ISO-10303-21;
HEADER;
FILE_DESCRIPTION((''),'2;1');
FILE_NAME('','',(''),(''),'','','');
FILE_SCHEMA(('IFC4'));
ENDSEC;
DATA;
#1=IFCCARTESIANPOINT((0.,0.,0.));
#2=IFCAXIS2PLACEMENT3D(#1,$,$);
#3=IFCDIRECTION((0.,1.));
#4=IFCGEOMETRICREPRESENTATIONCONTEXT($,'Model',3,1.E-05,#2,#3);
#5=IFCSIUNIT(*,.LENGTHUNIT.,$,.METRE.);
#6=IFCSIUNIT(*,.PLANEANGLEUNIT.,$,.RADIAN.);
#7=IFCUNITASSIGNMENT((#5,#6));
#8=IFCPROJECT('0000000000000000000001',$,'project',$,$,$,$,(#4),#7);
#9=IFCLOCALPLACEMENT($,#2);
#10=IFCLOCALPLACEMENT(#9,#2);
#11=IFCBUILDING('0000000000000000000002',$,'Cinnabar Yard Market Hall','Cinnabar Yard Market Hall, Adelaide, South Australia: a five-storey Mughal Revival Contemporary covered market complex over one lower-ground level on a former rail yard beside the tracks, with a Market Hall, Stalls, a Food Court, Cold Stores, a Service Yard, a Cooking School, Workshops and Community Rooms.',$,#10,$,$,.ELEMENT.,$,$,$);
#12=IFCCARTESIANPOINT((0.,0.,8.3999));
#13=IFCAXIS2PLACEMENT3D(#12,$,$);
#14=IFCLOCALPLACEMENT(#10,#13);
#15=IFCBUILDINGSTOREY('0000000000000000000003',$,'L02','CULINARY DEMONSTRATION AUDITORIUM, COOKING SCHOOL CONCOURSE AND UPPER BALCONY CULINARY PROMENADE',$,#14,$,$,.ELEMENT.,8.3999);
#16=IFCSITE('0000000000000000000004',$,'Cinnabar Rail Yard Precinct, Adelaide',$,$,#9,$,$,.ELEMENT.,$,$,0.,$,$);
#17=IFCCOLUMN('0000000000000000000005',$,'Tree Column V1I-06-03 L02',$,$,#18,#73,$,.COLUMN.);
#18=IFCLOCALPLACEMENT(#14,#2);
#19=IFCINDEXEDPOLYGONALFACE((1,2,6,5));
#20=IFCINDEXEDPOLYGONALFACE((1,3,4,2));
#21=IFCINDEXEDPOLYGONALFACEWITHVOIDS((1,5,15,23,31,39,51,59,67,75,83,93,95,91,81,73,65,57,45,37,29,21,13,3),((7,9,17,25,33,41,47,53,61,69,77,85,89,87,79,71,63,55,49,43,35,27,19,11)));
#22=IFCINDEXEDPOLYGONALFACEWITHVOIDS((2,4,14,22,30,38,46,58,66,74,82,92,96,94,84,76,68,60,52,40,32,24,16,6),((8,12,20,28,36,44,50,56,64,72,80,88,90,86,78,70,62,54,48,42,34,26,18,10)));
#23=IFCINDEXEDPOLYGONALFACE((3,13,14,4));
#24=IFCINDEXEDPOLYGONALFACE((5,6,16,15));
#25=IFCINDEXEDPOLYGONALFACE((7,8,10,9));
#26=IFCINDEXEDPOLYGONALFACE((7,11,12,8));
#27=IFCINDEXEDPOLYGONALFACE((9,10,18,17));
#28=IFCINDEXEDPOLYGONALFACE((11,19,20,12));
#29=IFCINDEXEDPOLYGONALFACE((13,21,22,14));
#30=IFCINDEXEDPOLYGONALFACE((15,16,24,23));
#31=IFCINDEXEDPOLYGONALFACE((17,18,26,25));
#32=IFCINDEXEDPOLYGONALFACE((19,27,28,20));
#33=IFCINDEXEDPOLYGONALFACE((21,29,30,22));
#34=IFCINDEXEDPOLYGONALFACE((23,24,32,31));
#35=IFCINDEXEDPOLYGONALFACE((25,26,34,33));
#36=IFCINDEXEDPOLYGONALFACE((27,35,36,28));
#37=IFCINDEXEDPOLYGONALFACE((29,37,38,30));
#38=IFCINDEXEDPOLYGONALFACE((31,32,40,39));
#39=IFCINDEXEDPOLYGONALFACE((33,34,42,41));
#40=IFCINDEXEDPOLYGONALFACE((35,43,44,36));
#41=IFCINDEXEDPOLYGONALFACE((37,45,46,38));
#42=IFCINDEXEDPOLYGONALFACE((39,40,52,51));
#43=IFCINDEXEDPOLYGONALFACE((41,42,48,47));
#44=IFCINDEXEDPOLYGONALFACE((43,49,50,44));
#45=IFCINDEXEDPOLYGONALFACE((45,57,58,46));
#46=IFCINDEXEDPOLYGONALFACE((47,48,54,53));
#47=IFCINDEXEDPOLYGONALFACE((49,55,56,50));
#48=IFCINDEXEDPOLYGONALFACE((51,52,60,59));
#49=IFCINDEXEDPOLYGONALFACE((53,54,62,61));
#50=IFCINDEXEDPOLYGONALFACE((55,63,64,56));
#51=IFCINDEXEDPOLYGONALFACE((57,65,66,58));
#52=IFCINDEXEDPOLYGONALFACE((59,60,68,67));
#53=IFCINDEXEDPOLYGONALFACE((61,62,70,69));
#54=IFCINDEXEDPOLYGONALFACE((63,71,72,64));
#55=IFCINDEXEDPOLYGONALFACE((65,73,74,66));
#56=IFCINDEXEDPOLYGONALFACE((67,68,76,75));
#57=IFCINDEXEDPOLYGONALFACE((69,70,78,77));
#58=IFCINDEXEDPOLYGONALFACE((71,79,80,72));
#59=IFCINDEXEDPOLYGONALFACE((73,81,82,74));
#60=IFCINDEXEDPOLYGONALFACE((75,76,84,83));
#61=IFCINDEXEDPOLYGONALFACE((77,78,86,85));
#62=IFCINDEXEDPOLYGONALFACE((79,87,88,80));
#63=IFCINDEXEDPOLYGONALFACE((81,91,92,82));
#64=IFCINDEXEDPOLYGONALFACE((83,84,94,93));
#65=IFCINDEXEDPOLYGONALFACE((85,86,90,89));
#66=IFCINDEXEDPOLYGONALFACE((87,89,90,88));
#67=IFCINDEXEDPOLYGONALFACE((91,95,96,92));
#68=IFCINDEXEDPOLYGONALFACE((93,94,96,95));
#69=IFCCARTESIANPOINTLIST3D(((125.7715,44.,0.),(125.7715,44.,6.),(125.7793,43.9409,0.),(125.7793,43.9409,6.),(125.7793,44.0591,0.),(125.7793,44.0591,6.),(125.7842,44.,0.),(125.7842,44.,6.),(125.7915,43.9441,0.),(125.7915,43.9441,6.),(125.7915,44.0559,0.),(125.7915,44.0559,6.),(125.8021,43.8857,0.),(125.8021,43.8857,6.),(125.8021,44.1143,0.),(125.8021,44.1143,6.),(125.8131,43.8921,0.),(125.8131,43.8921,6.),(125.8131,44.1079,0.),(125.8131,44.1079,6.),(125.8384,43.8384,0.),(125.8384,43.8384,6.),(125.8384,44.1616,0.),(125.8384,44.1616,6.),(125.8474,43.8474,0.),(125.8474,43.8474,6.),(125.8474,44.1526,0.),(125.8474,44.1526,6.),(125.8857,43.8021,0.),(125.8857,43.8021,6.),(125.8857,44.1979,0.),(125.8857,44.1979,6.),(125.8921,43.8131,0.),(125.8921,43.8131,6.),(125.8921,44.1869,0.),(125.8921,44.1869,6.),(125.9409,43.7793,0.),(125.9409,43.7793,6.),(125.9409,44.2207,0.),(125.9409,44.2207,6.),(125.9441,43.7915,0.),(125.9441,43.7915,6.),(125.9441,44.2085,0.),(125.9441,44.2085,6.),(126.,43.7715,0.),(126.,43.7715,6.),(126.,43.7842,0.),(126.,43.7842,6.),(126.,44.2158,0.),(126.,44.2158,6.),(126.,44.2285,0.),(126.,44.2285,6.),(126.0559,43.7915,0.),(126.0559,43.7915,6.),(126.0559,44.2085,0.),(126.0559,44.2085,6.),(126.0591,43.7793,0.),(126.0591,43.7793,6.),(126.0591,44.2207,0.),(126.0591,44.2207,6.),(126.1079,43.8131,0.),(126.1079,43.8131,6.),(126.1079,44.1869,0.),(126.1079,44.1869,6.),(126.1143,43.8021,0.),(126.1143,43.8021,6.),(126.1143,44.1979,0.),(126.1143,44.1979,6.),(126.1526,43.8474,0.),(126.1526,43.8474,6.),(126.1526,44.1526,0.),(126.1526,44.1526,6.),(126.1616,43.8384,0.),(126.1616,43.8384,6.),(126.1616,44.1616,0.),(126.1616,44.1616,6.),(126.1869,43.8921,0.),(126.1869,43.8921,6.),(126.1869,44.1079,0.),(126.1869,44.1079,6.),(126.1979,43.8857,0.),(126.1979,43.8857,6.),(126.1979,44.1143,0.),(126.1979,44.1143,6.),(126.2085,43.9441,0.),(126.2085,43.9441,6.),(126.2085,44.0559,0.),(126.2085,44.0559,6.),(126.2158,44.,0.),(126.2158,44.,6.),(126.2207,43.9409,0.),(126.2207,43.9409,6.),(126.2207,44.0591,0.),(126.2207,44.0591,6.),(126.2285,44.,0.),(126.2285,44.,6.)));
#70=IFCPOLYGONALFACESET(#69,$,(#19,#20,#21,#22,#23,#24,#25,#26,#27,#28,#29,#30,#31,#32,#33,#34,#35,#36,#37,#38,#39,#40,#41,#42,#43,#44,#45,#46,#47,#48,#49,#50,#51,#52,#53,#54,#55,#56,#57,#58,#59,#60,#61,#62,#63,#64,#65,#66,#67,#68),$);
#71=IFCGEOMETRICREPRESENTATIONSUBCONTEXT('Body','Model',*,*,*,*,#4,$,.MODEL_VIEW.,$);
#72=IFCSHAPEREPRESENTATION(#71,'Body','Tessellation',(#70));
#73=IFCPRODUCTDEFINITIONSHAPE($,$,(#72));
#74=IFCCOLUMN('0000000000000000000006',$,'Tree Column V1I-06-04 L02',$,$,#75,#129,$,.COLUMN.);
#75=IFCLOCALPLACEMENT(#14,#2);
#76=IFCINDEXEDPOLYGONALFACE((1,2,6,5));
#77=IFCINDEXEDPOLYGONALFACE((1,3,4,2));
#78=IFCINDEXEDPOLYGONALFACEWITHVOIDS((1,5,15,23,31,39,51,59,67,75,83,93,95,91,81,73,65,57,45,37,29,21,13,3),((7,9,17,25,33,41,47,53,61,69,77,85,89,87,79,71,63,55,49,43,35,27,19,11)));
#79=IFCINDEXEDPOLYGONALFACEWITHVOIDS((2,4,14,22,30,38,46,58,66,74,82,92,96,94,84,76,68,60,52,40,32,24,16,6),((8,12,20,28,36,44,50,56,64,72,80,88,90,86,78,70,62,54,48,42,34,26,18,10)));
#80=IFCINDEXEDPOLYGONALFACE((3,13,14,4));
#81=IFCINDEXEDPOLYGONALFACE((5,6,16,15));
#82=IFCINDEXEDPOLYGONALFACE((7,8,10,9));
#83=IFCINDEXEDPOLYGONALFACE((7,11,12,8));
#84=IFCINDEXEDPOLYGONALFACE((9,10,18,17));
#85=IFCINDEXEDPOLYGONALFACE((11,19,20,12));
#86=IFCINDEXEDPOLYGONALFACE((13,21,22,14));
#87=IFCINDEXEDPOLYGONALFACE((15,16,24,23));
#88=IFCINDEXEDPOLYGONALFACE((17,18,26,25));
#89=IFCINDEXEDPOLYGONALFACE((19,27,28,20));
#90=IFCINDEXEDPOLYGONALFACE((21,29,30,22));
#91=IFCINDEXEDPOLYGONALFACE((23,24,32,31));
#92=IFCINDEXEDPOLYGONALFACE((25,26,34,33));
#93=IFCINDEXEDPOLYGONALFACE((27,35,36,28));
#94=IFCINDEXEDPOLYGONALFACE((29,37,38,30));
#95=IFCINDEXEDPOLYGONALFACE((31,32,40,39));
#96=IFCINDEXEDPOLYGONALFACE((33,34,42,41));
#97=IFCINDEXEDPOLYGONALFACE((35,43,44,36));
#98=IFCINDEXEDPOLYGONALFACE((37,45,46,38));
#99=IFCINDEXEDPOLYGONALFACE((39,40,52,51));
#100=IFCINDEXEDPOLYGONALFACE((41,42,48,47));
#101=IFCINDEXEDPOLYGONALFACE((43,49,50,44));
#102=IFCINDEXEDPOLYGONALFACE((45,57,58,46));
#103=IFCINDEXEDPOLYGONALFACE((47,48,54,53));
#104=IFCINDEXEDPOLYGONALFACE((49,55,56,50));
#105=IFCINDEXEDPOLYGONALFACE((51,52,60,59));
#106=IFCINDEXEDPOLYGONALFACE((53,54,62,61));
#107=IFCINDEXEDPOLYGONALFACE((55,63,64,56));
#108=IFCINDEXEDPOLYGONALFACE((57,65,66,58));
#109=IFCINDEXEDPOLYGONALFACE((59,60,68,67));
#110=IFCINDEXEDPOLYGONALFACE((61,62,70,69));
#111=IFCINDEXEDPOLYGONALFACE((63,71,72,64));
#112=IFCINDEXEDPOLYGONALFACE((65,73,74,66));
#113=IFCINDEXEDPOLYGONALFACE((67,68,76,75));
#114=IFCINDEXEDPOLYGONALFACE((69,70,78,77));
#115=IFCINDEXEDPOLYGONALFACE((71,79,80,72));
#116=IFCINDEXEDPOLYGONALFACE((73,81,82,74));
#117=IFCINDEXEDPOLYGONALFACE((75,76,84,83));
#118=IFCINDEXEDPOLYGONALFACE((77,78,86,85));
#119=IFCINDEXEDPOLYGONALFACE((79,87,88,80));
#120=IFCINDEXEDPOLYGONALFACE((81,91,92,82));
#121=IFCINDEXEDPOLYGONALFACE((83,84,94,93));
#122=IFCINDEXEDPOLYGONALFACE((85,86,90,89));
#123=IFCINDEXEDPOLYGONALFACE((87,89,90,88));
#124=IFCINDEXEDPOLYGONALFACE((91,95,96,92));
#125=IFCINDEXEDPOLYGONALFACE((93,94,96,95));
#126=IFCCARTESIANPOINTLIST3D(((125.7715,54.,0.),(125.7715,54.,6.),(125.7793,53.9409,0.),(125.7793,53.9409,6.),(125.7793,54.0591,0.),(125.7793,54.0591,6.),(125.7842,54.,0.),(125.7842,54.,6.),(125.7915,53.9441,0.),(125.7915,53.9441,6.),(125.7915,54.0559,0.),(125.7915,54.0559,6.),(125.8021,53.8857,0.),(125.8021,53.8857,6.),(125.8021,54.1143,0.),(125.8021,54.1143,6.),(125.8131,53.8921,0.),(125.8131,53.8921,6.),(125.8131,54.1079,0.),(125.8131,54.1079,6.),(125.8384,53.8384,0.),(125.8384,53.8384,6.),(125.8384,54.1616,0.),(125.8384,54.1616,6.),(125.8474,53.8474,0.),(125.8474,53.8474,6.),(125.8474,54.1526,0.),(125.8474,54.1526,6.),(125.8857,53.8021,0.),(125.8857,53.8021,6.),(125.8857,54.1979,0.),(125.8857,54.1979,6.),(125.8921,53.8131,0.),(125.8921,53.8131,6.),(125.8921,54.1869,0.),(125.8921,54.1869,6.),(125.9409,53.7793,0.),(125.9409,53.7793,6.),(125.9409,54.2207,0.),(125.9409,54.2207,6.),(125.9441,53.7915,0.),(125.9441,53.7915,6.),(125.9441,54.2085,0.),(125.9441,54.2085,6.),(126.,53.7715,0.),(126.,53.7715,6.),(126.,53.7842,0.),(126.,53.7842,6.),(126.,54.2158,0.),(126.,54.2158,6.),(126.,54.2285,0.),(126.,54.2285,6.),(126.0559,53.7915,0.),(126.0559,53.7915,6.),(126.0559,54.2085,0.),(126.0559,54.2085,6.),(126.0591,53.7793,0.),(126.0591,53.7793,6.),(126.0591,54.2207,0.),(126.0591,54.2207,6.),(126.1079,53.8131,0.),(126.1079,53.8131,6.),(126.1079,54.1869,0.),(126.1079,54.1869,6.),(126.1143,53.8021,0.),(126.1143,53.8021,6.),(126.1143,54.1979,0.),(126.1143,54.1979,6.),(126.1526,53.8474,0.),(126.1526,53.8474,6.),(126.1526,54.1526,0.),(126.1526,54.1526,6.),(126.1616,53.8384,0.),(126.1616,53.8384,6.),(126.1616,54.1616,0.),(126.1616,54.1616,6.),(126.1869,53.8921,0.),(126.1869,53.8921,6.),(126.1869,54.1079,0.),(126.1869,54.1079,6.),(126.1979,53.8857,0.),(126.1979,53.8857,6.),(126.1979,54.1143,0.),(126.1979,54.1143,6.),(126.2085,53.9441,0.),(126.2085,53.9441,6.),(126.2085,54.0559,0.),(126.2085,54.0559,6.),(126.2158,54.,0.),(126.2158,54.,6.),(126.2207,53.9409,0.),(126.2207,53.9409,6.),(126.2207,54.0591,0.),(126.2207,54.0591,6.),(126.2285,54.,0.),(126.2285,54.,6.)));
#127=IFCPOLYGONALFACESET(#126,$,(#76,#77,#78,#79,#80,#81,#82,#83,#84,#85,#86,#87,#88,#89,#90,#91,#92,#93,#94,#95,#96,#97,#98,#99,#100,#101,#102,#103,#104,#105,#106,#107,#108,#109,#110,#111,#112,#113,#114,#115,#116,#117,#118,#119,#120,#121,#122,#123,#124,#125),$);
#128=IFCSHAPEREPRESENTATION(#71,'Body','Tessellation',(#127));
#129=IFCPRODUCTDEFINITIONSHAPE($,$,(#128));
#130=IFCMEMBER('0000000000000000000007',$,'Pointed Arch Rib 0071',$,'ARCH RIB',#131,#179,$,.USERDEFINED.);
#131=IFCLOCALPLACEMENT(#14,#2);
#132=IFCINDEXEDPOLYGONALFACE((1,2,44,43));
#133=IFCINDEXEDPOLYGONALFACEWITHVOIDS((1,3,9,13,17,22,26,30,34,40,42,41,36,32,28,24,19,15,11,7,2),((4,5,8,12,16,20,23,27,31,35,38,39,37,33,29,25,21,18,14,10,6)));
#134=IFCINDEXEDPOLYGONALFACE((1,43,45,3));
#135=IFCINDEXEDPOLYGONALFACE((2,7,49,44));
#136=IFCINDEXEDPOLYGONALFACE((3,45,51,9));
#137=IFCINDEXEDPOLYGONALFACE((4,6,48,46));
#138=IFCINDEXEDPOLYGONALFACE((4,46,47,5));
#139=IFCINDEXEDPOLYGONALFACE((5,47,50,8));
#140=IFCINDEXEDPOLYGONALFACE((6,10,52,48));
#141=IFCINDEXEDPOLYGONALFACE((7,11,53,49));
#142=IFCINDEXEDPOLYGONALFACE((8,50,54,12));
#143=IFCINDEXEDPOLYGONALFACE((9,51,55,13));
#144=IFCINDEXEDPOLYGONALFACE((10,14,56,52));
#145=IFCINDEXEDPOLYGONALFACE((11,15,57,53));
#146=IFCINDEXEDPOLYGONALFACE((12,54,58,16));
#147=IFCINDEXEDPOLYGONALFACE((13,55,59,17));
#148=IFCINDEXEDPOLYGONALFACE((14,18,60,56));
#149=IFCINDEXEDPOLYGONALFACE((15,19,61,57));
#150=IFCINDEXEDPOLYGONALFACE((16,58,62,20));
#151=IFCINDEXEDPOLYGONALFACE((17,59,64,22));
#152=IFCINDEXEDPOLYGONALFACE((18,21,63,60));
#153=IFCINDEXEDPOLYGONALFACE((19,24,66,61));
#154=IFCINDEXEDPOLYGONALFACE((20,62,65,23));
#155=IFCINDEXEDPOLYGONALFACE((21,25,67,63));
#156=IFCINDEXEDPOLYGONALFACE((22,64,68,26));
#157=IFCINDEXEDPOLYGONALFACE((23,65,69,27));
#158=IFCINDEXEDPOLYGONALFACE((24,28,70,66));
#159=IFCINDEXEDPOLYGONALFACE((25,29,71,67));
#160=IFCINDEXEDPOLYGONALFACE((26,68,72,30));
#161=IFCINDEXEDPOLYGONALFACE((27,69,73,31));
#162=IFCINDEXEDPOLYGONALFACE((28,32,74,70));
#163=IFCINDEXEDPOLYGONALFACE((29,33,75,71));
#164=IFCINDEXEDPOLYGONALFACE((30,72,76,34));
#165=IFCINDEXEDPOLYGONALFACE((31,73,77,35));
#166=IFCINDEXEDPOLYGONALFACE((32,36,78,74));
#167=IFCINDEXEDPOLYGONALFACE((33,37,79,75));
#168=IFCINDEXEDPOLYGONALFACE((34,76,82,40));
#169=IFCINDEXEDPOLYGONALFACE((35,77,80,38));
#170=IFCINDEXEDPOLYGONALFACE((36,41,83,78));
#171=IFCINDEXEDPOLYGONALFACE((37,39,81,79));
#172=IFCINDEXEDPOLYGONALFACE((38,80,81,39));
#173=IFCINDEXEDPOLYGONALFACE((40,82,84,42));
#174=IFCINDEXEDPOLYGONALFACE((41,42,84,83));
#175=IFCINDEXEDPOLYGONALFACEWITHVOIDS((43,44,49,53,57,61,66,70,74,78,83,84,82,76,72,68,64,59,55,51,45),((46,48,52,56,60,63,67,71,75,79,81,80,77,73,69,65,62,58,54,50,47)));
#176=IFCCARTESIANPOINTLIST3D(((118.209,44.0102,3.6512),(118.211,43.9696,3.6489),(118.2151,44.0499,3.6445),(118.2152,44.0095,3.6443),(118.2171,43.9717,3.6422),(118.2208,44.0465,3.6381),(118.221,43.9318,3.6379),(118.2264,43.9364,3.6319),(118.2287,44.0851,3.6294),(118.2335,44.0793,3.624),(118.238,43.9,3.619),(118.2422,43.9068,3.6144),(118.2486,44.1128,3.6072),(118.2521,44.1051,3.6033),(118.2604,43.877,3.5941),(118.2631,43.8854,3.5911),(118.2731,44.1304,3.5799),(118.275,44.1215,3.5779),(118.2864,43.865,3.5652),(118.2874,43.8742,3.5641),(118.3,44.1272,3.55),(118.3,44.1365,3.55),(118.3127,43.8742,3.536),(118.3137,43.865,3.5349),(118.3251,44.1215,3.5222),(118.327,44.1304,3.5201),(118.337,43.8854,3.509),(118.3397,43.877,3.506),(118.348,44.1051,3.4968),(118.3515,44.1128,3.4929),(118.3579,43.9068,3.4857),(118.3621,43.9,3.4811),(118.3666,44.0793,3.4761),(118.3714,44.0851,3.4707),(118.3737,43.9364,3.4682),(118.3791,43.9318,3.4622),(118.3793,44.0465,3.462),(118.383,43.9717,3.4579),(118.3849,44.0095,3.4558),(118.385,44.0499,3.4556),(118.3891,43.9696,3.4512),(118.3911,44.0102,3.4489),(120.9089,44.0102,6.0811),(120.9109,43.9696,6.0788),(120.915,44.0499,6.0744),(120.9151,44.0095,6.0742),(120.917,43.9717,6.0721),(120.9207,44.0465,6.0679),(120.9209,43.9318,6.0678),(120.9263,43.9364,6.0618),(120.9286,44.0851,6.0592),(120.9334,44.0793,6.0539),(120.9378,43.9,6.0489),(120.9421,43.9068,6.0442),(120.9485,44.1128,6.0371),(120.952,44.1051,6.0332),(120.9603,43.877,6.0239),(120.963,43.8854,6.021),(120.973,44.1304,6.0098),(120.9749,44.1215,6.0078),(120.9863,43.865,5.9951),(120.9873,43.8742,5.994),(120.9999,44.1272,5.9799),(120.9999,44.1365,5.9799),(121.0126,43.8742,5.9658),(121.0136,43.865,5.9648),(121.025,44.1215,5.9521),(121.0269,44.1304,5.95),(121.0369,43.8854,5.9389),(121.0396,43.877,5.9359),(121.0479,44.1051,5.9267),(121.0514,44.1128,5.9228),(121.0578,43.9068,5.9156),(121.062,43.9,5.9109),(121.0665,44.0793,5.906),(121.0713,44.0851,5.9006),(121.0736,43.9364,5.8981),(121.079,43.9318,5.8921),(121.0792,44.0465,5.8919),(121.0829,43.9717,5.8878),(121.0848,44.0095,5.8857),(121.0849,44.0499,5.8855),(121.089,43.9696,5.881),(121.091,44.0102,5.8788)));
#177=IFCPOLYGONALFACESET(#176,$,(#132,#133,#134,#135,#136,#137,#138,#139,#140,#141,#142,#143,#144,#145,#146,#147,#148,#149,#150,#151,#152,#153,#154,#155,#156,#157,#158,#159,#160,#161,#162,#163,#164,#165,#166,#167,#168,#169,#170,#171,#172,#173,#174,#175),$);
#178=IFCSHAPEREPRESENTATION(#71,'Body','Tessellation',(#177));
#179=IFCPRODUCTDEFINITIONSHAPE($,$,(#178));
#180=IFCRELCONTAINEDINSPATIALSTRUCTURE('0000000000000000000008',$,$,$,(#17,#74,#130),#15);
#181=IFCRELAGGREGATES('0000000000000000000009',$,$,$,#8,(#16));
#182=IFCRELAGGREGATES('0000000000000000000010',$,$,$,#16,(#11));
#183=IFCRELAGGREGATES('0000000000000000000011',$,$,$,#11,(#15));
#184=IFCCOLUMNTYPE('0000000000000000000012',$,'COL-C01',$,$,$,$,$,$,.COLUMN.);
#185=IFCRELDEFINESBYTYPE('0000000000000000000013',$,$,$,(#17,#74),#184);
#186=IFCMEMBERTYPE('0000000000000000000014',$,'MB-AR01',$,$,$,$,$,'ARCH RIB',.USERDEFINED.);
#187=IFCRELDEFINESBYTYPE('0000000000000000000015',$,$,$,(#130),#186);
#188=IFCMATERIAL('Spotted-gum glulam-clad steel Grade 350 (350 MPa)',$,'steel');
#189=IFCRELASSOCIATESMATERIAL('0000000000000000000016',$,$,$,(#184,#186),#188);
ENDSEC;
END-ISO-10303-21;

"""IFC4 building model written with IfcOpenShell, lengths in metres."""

from ifc_helpers import new_model, si_unit, direction, frame, origin, origin_2d_with_axis, place, context, subcontext, project, spatial, hollow_circle, extrude, material, material_profile, profile_set, type_object, element, save


model = new_model("IFC4")

# Units and contexts
model_context = context("Model", 3, precision=1e-05, world=origin(), true_north=direction((0.0, 1.0)))
body_context = subcontext(model_context, "Body", "Model", "MODEL_VIEW")
ifc_project = project(units=[si_unit("LENGTHUNIT", "METRE"), si_unit("PLANEANGLEUNIT", "RADIAN")], contexts=[model_context])

# Site, building, storey
site_placement = place(None, origin())
site = spatial("IfcSite", under=ifc_project, at=site_placement, Name="Cinnabar Rail Yard Precinct, Adelaide", CompositionType="ELEMENT", RefElevation=0.0)
building_placement = place(site_placement, origin())
building = spatial("IfcBuilding", under=site, at=building_placement, Name="Cinnabar Yard Market Hall", Description="Cinnabar Yard Market Hall, Adelaide, South Australia: a five-storey Mughal Revival Contemporary covered market complex over one lower-ground level on a former rail yard beside the tracks, with a Market Hall, Stalls, a Food Court, Cold Stores, a Service Yard, a Cooking School, Workshops and Community Rooms.", CompositionType="ELEMENT")
storey_placement = place(building_placement, frame((0.0, 0.0, 8.3999)))
storey = spatial("IfcBuildingStorey", under=building, at=storey_placement, Name="L02", Description="CULINARY DEMONSTRATION AUDITORIUM, COOKING SCHOOL CONCOURSE AND UPPER BALCONY CULINARY PROMENADE", CompositionType="ELEMENT", Elevation=8.3999)

# Columns
ifc_material_1 = material(Name="Spotted-gum glulam-clad steel Grade 350 (350 MPa)", Category="steel")
ifc_material_profile_1 = material_profile(ifc_material_1, hollow_circle(Radius=0.2285, WallThickness=0.0127, at=origin_2d_with_axis()), Name="457.0x12.7CHS")
ifc_profile_set_1 = profile_set([ifc_material_profile_1], Name="Spotted-gum glulam-clad steel Grade 350 (350 MPa)")
column_type = type_object("IfcColumnType", Name="COL-C01", PredefinedType="COLUMN", material=ifc_profile_set_1)
for number, where, z_axis, x_axis, name in (
    (1, (126.0, 44.0, 0.0), (0.0, 0.0, 1.0), (1.0, 0.0, 0.0), "Tree Column V1I-06-03 L02"),
    (2, (126.0, 54.0, 0.0), (0.0, 0.0, 1.0), (1.0, 0.0, 0.0), "Tree Column V1I-06-04 L02"),
):
    element("IfcColumn", number, at=place(storey_placement, frame(where, z_axis=z_axis, x_axis=x_axis)), inside=storey, type_object=column_type, Name=name, PredefinedType="COLUMN", context=body_context, shape_type="SweptSolid", body=[
        extrude(hollow_circle(Radius=0.2285, WallThickness=0.0127, at=origin_2d_with_axis()), origin(), (0.0, 0.0, 1.0), 6.0),
    ])

# Member
ifc_material_profile_2 = material_profile(ifc_material_1, hollow_circle(Radius=0.1365, WallThickness=0.0093, at=origin_2d_with_axis()), Name="273.1x9.3CHS")
ifc_profile_set_2 = profile_set([ifc_material_profile_2], Name="Spotted-gum glulam-clad steel Grade 350 (350 MPa)")
member_type_1 = type_object("IfcMemberType", Name="MB-AR01", ElementType="ARCH RIB", PredefinedType="USERDEFINED", material=ifc_profile_set_2)
for number, where, z_axis, x_axis, name in (
    (3, (118.3, 44.0, 3.55), (0.743297, 0.0, 0.668961), (0.0, 1.0, 0.0), "Pointed Arch Rib 0071"),
):
    element("IfcMember", number, at=place(storey_placement, frame(where, z_axis=z_axis, x_axis=x_axis)), inside=storey, type_object=member_type_1, Name=name, ObjectType="ARCH RIB", PredefinedType="USERDEFINED", context=body_context, shape_type="SweptSolid", body=[
        extrude(hollow_circle(Radius=0.1365, WallThickness=0.0093, at=origin_2d_with_axis()), origin(), (0.0, 0.0, 1.0), 3.6323),
    ])

save(model, "model.ifc")
